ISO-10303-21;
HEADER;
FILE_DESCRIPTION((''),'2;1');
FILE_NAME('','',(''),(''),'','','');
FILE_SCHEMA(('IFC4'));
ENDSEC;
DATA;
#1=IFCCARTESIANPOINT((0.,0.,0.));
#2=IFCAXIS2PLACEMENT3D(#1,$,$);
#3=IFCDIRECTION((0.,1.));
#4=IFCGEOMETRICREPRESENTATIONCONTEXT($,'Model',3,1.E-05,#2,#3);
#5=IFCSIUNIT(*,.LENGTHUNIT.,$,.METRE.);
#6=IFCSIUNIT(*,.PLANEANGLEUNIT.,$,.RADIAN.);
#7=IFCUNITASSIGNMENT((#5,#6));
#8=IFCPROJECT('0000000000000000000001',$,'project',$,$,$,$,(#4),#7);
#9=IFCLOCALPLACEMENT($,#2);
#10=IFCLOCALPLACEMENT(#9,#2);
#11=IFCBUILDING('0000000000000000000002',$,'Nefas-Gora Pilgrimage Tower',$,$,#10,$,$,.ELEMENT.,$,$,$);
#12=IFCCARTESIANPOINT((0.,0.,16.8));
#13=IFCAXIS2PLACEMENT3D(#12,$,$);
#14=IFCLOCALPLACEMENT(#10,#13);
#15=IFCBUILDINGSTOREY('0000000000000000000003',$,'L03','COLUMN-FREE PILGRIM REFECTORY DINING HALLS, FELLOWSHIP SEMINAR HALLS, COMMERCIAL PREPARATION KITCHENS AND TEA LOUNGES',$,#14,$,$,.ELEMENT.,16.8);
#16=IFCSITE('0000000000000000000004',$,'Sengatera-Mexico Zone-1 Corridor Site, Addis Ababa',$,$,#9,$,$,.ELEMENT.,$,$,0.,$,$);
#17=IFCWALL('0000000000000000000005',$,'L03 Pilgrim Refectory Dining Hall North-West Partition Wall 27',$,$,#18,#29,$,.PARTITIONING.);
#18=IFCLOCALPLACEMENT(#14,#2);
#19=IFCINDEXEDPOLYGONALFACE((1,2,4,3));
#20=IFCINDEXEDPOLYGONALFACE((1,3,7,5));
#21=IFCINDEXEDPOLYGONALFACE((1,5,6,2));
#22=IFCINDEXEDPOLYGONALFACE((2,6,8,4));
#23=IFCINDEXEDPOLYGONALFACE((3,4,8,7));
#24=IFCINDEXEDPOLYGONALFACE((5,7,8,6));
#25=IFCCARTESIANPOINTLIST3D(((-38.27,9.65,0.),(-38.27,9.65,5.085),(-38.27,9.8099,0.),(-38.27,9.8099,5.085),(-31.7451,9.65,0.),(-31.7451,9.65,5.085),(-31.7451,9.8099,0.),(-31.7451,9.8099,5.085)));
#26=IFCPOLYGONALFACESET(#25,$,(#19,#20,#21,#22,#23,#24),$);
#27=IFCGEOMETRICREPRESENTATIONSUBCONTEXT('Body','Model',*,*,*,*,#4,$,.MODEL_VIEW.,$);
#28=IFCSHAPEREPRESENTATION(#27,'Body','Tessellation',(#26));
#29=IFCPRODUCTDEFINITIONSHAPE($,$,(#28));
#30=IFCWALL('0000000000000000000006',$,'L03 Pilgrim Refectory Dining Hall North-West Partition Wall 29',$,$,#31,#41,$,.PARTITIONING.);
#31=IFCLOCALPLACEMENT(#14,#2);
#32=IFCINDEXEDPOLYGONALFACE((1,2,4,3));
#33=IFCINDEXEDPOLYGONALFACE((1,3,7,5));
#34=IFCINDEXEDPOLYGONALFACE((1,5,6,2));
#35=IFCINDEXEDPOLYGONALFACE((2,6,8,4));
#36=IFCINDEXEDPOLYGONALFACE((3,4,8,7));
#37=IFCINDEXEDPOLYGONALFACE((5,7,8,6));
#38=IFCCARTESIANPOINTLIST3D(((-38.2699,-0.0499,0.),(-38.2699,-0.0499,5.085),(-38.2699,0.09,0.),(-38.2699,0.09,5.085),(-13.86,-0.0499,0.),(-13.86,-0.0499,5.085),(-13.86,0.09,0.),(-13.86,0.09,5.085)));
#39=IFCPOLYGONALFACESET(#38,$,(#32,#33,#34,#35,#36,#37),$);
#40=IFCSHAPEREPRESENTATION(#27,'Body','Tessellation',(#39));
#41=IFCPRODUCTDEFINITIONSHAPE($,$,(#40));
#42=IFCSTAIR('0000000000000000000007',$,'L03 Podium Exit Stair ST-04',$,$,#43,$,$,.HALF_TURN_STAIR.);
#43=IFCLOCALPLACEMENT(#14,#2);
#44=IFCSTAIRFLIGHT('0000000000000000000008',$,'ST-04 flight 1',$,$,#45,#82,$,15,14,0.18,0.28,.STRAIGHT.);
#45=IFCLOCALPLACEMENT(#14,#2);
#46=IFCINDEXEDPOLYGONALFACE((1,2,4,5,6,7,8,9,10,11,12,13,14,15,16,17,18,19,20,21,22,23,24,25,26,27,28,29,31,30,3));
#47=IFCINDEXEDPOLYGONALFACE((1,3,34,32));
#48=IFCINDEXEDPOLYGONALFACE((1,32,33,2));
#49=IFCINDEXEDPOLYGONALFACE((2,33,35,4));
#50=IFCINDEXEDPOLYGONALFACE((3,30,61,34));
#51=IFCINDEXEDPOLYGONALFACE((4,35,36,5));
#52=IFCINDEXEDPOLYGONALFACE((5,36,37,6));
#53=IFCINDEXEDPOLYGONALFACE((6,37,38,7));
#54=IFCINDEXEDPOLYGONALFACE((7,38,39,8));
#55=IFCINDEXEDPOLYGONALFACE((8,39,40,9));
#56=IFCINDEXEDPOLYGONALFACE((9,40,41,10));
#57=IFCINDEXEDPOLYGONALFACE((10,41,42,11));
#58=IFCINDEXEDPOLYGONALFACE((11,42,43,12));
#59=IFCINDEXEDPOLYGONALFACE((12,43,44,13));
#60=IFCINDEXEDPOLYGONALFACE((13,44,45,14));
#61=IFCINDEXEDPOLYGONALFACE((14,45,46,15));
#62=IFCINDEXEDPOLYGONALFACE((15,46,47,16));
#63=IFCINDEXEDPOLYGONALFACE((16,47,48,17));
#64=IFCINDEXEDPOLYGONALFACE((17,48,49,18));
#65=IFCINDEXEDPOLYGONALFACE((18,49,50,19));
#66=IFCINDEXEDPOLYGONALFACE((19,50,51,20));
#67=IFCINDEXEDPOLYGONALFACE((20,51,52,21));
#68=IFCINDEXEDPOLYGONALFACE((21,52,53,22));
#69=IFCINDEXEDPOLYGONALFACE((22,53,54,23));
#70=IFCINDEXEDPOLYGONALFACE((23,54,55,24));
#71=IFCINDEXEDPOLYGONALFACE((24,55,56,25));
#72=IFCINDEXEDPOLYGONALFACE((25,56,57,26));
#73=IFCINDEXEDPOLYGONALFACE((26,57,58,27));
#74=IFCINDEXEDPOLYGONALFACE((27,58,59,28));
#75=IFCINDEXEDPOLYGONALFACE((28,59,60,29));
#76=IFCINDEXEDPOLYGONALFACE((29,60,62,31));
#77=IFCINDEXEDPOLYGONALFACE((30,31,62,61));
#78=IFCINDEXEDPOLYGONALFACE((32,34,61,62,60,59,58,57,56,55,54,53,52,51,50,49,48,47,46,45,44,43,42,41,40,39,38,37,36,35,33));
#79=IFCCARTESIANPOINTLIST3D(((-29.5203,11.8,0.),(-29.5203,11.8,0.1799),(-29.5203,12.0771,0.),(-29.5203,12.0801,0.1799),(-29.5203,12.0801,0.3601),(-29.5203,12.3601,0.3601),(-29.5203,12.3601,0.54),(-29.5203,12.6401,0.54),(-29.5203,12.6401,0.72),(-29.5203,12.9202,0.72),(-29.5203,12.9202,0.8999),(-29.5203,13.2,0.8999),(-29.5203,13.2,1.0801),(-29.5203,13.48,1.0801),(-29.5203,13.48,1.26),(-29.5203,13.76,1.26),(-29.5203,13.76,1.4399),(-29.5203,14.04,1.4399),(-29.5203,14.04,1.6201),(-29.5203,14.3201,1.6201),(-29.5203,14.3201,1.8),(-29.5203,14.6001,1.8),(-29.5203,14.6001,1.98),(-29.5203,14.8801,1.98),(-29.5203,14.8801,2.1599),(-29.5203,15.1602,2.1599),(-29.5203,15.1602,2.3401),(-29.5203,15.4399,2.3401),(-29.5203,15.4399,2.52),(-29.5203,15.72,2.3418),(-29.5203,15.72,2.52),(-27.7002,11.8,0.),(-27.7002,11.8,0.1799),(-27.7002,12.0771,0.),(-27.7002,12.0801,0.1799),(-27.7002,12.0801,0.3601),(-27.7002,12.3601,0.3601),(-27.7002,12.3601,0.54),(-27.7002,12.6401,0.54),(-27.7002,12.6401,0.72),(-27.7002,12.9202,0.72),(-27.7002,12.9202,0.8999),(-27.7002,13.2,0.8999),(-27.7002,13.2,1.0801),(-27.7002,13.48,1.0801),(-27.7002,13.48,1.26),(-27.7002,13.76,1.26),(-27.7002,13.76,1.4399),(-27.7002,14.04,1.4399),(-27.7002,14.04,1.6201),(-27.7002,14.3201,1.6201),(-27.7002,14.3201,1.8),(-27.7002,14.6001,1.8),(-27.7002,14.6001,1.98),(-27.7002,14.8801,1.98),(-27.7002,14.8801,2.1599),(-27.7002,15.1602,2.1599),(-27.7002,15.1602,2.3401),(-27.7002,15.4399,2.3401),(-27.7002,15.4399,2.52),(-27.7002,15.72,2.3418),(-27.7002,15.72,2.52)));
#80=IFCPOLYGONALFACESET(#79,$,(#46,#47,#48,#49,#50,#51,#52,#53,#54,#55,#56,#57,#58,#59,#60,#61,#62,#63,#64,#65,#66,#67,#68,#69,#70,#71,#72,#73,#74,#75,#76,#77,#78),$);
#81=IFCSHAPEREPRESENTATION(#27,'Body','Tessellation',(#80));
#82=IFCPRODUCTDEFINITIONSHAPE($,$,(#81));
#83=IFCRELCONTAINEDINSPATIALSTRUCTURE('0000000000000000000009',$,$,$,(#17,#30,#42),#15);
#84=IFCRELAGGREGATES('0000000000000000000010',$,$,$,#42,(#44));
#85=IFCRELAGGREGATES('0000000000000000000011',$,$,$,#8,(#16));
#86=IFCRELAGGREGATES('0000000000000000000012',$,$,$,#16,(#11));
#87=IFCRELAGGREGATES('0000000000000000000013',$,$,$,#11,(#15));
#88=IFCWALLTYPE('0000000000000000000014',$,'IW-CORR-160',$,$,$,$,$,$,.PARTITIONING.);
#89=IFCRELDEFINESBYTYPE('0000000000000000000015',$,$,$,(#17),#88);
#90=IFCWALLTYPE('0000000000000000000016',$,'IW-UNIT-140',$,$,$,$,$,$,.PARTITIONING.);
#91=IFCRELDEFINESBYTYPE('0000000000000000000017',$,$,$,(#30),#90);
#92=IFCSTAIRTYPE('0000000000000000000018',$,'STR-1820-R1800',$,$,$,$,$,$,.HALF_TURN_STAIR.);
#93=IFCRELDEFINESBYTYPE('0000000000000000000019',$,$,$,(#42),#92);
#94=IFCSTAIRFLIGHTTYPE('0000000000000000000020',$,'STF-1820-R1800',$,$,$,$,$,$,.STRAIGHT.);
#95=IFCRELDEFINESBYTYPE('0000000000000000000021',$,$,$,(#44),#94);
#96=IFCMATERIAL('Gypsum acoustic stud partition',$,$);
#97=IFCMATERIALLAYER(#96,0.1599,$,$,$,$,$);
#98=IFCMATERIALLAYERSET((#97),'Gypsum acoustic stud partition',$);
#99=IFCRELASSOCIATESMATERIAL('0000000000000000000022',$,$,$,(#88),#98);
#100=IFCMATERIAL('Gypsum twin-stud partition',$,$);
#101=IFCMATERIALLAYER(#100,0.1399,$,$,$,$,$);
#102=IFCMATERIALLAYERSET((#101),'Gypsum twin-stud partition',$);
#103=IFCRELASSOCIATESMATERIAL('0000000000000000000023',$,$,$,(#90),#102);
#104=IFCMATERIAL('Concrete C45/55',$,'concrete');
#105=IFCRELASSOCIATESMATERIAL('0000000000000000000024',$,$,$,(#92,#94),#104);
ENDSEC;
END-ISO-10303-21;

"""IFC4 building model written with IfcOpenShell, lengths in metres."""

from ifc_helpers import new_model, si_unit, direction, frame, frame_2d, origin, place, context, subcontext, project, spatial, polyline, rectangle, outline, extrude, source, transform, mapped, material, layer, layer_set, type_object, element, aggregate, save


model = new_model("IFC4")

# Units and contexts
model_context = context("Model", 3, precision=1e-05, world=origin(), true_north=direction((0.0, 1.0)))
body_context = subcontext(model_context, "Body", "Model", "MODEL_VIEW")
ifc_project = project(units=[si_unit("LENGTHUNIT", "METRE"), si_unit("PLANEANGLEUNIT", "RADIAN")], contexts=[model_context])

# Site, building, storey
site_placement = place(None, origin())
site = spatial("IfcSite", under=ifc_project, at=site_placement, Name="Sengatera-Mexico Zone-1 Corridor Site, Addis Ababa", CompositionType="ELEMENT", RefElevation=0.0)
building_placement = place(site_placement, origin())
building = spatial("IfcBuilding", under=site, at=building_placement, Name="Nefas-Gora Pilgrimage Tower", CompositionType="ELEMENT")
storey_placement = place(building_placement, frame((0.0, 0.0, 16.8)))
storey = spatial("IfcBuildingStorey", under=building, at=storey_placement, Name="L03", Description="COLUMN-FREE PILGRIM REFECTORY DINING HALLS, FELLOWSHIP SEMINAR HALLS, COMMERCIAL PREPARATION KITCHENS AND TEA LOUNGES", CompositionType="ELEMENT", Elevation=16.8)

# Shared definitions
ifc_material_1 = material(Name="Concrete C45/55", Category="concrete")

# Shared definitions
ifc_material_2 = material(Name="Gypsum acoustic stud partition")
ifc_layer_1 = layer(ifc_material_2, 0.1599)
ifc_layer_set_1 = layer_set([ifc_layer_1], Name="Gypsum acoustic stud partition")
wall_type_1 = type_object("IfcWallType", Name="IW-CORR-160", PredefinedType="PARTITIONING", material=ifc_layer_set_1)

# Walls
shared_shape_1 = source(origin(), body_context, "Body", "SweptSolid", [
    extrude(rectangle(XDim=6.5249, YDim=0.1599, at=frame_2d((3.2625, 0.0))), origin(), (0.0, 0.0, 1.0), 5.085),
])
wall_1_placement = place(storey_placement, frame((-38.27, 9.73, 0.0), z_axis=(0.0, 0.0, 1.0), x_axis=(1.0, 0.0, 0.0)))
element("IfcWall", 1, at=wall_1_placement, inside=storey, type_object=wall_type_1, Name="L03 Pilgrim Refectory Dining Hall North-West Partition Wall 27", PredefinedType="PARTITIONING", context=body_context, shape_type="MappedRepresentation", body=[
    mapped(shared_shape_1, transform((0.0, 0.0, 0.0), x_axis=(1.0, 0.0, 0.0), y_axis=(0.0, 1.0, 0.0), z_axis=(0.0, 0.0, 1.0), scale=1.0)),
])
ifc_material_3 = material(Name="Gypsum twin-stud partition")
ifc_layer_2 = layer(ifc_material_3, 0.1399)
ifc_layer_set_2 = layer_set([ifc_layer_2], Name="Gypsum twin-stud partition")
wall_type_2 = type_object("IfcWallType", Name="IW-UNIT-140", PredefinedType="PARTITIONING", material=ifc_layer_set_2)
shared_shape_2 = source(origin(), body_context, "Body", "SweptSolid", [
    extrude(rectangle(XDim=24.4099, YDim=0.1399, at=frame_2d((12.2051, 0.0))), origin(), (0.0, 0.0, 1.0), 5.085),
])
wall_2_placement = place(storey_placement, frame((-38.27, 0.02, 0.0), z_axis=(0.0, 0.0, 1.0), x_axis=(1.0, 0.0, 0.0)))
element("IfcWall", 2, at=wall_2_placement, inside=storey, type_object=wall_type_2, Name="L03 Pilgrim Refectory Dining Hall North-West Partition Wall 29", PredefinedType="PARTITIONING", context=body_context, shape_type="MappedRepresentation", body=[
    mapped(shared_shape_2, transform((0.0, 0.0, 0.0), x_axis=(1.0, 0.0, 0.0), y_axis=(0.0, 1.0, 0.0), z_axis=(0.0, 0.0, 1.0), scale=1.0)),
])

# Stair, stair flight
stair_type = type_object("IfcStairType", Name="STR-1820-R1800", PredefinedType="HALF_TURN_STAIR", material=ifc_material_1)
stair_placement = place(storey_placement, origin())
stair = element("IfcStair", 3, at=stair_placement, inside=storey, type_object=stair_type, Name="L03 Podium Exit Stair ST-04", PredefinedType="HALF_TURN_STAIR")
stair_flight_type = type_object("IfcStairFlightType", Name="STF-1820-R1800", PredefinedType="STRAIGHT", material=ifc_material_1)
shared_shape_3 = source(origin(), body_context, "Body", "SweptSolid", [
    extrude(outline(polyline([(0.0, 0.0), (0.0, 0.1799), (0.28, 0.1799), (0.28, 0.3601), (0.5601, 0.3601), (0.5601, 0.54), (0.8401, 0.54), (0.8401, 0.72), (1.1201, 0.72), (1.1201, 0.8999), (1.3999, 0.8999), (1.3999, 1.0801), (1.6799, 1.0801), (1.6799, 1.26), (1.96, 1.26), (1.96, 1.4399), (2.24, 1.4399), (2.24, 1.6201), (2.52, 1.6201), (2.52, 1.8), (2.8, 1.8), (2.8, 1.98), (3.0801, 1.98), (3.0801, 2.1599), (3.3601, 2.1599), (3.3601, 2.3401), (3.6399, 2.3401), (3.6399, 2.52), (3.9199, 2.52), (3.9199, 2.7), (3.9199, 2.3418), (0.2771, 0.0), (0.0, 0.0)])), frame((0.0, 0.9102, 0.0), z_axis=(0.0, -1.0, 0.0), x_axis=(1.0, 0.0, 0.0)), (0.0, 0.0, 1.0), 1.8201),
])
stair_flight_placement = place(storey_placement, frame((-28.6101, 11.8, 0.0), z_axis=(0.0, 0.0, 1.0), x_axis=(0.0, 1.0, 0.0)))
stair_flight = element("IfcStairFlight", 4, at=stair_flight_placement, type_object=stair_flight_type, Name="ST-04 flight 1", NumberOfRisers=15, NumberOfTreads=14, PredefinedType="STRAIGHT", RiserHeight=0.18, TreadLength=0.28, context=body_context, shape_type="MappedRepresentation", body=[
    mapped(shared_shape_3, transform((0.0, 0.0, 0.0), x_axis=(1.0, 0.0, 0.0), y_axis=(0.0, 1.0, 0.0), z_axis=(0.0, 0.0, 1.0), scale=1.0)),
])
aggregate(stair, [stair_flight])

save(model, "model.ifc")
